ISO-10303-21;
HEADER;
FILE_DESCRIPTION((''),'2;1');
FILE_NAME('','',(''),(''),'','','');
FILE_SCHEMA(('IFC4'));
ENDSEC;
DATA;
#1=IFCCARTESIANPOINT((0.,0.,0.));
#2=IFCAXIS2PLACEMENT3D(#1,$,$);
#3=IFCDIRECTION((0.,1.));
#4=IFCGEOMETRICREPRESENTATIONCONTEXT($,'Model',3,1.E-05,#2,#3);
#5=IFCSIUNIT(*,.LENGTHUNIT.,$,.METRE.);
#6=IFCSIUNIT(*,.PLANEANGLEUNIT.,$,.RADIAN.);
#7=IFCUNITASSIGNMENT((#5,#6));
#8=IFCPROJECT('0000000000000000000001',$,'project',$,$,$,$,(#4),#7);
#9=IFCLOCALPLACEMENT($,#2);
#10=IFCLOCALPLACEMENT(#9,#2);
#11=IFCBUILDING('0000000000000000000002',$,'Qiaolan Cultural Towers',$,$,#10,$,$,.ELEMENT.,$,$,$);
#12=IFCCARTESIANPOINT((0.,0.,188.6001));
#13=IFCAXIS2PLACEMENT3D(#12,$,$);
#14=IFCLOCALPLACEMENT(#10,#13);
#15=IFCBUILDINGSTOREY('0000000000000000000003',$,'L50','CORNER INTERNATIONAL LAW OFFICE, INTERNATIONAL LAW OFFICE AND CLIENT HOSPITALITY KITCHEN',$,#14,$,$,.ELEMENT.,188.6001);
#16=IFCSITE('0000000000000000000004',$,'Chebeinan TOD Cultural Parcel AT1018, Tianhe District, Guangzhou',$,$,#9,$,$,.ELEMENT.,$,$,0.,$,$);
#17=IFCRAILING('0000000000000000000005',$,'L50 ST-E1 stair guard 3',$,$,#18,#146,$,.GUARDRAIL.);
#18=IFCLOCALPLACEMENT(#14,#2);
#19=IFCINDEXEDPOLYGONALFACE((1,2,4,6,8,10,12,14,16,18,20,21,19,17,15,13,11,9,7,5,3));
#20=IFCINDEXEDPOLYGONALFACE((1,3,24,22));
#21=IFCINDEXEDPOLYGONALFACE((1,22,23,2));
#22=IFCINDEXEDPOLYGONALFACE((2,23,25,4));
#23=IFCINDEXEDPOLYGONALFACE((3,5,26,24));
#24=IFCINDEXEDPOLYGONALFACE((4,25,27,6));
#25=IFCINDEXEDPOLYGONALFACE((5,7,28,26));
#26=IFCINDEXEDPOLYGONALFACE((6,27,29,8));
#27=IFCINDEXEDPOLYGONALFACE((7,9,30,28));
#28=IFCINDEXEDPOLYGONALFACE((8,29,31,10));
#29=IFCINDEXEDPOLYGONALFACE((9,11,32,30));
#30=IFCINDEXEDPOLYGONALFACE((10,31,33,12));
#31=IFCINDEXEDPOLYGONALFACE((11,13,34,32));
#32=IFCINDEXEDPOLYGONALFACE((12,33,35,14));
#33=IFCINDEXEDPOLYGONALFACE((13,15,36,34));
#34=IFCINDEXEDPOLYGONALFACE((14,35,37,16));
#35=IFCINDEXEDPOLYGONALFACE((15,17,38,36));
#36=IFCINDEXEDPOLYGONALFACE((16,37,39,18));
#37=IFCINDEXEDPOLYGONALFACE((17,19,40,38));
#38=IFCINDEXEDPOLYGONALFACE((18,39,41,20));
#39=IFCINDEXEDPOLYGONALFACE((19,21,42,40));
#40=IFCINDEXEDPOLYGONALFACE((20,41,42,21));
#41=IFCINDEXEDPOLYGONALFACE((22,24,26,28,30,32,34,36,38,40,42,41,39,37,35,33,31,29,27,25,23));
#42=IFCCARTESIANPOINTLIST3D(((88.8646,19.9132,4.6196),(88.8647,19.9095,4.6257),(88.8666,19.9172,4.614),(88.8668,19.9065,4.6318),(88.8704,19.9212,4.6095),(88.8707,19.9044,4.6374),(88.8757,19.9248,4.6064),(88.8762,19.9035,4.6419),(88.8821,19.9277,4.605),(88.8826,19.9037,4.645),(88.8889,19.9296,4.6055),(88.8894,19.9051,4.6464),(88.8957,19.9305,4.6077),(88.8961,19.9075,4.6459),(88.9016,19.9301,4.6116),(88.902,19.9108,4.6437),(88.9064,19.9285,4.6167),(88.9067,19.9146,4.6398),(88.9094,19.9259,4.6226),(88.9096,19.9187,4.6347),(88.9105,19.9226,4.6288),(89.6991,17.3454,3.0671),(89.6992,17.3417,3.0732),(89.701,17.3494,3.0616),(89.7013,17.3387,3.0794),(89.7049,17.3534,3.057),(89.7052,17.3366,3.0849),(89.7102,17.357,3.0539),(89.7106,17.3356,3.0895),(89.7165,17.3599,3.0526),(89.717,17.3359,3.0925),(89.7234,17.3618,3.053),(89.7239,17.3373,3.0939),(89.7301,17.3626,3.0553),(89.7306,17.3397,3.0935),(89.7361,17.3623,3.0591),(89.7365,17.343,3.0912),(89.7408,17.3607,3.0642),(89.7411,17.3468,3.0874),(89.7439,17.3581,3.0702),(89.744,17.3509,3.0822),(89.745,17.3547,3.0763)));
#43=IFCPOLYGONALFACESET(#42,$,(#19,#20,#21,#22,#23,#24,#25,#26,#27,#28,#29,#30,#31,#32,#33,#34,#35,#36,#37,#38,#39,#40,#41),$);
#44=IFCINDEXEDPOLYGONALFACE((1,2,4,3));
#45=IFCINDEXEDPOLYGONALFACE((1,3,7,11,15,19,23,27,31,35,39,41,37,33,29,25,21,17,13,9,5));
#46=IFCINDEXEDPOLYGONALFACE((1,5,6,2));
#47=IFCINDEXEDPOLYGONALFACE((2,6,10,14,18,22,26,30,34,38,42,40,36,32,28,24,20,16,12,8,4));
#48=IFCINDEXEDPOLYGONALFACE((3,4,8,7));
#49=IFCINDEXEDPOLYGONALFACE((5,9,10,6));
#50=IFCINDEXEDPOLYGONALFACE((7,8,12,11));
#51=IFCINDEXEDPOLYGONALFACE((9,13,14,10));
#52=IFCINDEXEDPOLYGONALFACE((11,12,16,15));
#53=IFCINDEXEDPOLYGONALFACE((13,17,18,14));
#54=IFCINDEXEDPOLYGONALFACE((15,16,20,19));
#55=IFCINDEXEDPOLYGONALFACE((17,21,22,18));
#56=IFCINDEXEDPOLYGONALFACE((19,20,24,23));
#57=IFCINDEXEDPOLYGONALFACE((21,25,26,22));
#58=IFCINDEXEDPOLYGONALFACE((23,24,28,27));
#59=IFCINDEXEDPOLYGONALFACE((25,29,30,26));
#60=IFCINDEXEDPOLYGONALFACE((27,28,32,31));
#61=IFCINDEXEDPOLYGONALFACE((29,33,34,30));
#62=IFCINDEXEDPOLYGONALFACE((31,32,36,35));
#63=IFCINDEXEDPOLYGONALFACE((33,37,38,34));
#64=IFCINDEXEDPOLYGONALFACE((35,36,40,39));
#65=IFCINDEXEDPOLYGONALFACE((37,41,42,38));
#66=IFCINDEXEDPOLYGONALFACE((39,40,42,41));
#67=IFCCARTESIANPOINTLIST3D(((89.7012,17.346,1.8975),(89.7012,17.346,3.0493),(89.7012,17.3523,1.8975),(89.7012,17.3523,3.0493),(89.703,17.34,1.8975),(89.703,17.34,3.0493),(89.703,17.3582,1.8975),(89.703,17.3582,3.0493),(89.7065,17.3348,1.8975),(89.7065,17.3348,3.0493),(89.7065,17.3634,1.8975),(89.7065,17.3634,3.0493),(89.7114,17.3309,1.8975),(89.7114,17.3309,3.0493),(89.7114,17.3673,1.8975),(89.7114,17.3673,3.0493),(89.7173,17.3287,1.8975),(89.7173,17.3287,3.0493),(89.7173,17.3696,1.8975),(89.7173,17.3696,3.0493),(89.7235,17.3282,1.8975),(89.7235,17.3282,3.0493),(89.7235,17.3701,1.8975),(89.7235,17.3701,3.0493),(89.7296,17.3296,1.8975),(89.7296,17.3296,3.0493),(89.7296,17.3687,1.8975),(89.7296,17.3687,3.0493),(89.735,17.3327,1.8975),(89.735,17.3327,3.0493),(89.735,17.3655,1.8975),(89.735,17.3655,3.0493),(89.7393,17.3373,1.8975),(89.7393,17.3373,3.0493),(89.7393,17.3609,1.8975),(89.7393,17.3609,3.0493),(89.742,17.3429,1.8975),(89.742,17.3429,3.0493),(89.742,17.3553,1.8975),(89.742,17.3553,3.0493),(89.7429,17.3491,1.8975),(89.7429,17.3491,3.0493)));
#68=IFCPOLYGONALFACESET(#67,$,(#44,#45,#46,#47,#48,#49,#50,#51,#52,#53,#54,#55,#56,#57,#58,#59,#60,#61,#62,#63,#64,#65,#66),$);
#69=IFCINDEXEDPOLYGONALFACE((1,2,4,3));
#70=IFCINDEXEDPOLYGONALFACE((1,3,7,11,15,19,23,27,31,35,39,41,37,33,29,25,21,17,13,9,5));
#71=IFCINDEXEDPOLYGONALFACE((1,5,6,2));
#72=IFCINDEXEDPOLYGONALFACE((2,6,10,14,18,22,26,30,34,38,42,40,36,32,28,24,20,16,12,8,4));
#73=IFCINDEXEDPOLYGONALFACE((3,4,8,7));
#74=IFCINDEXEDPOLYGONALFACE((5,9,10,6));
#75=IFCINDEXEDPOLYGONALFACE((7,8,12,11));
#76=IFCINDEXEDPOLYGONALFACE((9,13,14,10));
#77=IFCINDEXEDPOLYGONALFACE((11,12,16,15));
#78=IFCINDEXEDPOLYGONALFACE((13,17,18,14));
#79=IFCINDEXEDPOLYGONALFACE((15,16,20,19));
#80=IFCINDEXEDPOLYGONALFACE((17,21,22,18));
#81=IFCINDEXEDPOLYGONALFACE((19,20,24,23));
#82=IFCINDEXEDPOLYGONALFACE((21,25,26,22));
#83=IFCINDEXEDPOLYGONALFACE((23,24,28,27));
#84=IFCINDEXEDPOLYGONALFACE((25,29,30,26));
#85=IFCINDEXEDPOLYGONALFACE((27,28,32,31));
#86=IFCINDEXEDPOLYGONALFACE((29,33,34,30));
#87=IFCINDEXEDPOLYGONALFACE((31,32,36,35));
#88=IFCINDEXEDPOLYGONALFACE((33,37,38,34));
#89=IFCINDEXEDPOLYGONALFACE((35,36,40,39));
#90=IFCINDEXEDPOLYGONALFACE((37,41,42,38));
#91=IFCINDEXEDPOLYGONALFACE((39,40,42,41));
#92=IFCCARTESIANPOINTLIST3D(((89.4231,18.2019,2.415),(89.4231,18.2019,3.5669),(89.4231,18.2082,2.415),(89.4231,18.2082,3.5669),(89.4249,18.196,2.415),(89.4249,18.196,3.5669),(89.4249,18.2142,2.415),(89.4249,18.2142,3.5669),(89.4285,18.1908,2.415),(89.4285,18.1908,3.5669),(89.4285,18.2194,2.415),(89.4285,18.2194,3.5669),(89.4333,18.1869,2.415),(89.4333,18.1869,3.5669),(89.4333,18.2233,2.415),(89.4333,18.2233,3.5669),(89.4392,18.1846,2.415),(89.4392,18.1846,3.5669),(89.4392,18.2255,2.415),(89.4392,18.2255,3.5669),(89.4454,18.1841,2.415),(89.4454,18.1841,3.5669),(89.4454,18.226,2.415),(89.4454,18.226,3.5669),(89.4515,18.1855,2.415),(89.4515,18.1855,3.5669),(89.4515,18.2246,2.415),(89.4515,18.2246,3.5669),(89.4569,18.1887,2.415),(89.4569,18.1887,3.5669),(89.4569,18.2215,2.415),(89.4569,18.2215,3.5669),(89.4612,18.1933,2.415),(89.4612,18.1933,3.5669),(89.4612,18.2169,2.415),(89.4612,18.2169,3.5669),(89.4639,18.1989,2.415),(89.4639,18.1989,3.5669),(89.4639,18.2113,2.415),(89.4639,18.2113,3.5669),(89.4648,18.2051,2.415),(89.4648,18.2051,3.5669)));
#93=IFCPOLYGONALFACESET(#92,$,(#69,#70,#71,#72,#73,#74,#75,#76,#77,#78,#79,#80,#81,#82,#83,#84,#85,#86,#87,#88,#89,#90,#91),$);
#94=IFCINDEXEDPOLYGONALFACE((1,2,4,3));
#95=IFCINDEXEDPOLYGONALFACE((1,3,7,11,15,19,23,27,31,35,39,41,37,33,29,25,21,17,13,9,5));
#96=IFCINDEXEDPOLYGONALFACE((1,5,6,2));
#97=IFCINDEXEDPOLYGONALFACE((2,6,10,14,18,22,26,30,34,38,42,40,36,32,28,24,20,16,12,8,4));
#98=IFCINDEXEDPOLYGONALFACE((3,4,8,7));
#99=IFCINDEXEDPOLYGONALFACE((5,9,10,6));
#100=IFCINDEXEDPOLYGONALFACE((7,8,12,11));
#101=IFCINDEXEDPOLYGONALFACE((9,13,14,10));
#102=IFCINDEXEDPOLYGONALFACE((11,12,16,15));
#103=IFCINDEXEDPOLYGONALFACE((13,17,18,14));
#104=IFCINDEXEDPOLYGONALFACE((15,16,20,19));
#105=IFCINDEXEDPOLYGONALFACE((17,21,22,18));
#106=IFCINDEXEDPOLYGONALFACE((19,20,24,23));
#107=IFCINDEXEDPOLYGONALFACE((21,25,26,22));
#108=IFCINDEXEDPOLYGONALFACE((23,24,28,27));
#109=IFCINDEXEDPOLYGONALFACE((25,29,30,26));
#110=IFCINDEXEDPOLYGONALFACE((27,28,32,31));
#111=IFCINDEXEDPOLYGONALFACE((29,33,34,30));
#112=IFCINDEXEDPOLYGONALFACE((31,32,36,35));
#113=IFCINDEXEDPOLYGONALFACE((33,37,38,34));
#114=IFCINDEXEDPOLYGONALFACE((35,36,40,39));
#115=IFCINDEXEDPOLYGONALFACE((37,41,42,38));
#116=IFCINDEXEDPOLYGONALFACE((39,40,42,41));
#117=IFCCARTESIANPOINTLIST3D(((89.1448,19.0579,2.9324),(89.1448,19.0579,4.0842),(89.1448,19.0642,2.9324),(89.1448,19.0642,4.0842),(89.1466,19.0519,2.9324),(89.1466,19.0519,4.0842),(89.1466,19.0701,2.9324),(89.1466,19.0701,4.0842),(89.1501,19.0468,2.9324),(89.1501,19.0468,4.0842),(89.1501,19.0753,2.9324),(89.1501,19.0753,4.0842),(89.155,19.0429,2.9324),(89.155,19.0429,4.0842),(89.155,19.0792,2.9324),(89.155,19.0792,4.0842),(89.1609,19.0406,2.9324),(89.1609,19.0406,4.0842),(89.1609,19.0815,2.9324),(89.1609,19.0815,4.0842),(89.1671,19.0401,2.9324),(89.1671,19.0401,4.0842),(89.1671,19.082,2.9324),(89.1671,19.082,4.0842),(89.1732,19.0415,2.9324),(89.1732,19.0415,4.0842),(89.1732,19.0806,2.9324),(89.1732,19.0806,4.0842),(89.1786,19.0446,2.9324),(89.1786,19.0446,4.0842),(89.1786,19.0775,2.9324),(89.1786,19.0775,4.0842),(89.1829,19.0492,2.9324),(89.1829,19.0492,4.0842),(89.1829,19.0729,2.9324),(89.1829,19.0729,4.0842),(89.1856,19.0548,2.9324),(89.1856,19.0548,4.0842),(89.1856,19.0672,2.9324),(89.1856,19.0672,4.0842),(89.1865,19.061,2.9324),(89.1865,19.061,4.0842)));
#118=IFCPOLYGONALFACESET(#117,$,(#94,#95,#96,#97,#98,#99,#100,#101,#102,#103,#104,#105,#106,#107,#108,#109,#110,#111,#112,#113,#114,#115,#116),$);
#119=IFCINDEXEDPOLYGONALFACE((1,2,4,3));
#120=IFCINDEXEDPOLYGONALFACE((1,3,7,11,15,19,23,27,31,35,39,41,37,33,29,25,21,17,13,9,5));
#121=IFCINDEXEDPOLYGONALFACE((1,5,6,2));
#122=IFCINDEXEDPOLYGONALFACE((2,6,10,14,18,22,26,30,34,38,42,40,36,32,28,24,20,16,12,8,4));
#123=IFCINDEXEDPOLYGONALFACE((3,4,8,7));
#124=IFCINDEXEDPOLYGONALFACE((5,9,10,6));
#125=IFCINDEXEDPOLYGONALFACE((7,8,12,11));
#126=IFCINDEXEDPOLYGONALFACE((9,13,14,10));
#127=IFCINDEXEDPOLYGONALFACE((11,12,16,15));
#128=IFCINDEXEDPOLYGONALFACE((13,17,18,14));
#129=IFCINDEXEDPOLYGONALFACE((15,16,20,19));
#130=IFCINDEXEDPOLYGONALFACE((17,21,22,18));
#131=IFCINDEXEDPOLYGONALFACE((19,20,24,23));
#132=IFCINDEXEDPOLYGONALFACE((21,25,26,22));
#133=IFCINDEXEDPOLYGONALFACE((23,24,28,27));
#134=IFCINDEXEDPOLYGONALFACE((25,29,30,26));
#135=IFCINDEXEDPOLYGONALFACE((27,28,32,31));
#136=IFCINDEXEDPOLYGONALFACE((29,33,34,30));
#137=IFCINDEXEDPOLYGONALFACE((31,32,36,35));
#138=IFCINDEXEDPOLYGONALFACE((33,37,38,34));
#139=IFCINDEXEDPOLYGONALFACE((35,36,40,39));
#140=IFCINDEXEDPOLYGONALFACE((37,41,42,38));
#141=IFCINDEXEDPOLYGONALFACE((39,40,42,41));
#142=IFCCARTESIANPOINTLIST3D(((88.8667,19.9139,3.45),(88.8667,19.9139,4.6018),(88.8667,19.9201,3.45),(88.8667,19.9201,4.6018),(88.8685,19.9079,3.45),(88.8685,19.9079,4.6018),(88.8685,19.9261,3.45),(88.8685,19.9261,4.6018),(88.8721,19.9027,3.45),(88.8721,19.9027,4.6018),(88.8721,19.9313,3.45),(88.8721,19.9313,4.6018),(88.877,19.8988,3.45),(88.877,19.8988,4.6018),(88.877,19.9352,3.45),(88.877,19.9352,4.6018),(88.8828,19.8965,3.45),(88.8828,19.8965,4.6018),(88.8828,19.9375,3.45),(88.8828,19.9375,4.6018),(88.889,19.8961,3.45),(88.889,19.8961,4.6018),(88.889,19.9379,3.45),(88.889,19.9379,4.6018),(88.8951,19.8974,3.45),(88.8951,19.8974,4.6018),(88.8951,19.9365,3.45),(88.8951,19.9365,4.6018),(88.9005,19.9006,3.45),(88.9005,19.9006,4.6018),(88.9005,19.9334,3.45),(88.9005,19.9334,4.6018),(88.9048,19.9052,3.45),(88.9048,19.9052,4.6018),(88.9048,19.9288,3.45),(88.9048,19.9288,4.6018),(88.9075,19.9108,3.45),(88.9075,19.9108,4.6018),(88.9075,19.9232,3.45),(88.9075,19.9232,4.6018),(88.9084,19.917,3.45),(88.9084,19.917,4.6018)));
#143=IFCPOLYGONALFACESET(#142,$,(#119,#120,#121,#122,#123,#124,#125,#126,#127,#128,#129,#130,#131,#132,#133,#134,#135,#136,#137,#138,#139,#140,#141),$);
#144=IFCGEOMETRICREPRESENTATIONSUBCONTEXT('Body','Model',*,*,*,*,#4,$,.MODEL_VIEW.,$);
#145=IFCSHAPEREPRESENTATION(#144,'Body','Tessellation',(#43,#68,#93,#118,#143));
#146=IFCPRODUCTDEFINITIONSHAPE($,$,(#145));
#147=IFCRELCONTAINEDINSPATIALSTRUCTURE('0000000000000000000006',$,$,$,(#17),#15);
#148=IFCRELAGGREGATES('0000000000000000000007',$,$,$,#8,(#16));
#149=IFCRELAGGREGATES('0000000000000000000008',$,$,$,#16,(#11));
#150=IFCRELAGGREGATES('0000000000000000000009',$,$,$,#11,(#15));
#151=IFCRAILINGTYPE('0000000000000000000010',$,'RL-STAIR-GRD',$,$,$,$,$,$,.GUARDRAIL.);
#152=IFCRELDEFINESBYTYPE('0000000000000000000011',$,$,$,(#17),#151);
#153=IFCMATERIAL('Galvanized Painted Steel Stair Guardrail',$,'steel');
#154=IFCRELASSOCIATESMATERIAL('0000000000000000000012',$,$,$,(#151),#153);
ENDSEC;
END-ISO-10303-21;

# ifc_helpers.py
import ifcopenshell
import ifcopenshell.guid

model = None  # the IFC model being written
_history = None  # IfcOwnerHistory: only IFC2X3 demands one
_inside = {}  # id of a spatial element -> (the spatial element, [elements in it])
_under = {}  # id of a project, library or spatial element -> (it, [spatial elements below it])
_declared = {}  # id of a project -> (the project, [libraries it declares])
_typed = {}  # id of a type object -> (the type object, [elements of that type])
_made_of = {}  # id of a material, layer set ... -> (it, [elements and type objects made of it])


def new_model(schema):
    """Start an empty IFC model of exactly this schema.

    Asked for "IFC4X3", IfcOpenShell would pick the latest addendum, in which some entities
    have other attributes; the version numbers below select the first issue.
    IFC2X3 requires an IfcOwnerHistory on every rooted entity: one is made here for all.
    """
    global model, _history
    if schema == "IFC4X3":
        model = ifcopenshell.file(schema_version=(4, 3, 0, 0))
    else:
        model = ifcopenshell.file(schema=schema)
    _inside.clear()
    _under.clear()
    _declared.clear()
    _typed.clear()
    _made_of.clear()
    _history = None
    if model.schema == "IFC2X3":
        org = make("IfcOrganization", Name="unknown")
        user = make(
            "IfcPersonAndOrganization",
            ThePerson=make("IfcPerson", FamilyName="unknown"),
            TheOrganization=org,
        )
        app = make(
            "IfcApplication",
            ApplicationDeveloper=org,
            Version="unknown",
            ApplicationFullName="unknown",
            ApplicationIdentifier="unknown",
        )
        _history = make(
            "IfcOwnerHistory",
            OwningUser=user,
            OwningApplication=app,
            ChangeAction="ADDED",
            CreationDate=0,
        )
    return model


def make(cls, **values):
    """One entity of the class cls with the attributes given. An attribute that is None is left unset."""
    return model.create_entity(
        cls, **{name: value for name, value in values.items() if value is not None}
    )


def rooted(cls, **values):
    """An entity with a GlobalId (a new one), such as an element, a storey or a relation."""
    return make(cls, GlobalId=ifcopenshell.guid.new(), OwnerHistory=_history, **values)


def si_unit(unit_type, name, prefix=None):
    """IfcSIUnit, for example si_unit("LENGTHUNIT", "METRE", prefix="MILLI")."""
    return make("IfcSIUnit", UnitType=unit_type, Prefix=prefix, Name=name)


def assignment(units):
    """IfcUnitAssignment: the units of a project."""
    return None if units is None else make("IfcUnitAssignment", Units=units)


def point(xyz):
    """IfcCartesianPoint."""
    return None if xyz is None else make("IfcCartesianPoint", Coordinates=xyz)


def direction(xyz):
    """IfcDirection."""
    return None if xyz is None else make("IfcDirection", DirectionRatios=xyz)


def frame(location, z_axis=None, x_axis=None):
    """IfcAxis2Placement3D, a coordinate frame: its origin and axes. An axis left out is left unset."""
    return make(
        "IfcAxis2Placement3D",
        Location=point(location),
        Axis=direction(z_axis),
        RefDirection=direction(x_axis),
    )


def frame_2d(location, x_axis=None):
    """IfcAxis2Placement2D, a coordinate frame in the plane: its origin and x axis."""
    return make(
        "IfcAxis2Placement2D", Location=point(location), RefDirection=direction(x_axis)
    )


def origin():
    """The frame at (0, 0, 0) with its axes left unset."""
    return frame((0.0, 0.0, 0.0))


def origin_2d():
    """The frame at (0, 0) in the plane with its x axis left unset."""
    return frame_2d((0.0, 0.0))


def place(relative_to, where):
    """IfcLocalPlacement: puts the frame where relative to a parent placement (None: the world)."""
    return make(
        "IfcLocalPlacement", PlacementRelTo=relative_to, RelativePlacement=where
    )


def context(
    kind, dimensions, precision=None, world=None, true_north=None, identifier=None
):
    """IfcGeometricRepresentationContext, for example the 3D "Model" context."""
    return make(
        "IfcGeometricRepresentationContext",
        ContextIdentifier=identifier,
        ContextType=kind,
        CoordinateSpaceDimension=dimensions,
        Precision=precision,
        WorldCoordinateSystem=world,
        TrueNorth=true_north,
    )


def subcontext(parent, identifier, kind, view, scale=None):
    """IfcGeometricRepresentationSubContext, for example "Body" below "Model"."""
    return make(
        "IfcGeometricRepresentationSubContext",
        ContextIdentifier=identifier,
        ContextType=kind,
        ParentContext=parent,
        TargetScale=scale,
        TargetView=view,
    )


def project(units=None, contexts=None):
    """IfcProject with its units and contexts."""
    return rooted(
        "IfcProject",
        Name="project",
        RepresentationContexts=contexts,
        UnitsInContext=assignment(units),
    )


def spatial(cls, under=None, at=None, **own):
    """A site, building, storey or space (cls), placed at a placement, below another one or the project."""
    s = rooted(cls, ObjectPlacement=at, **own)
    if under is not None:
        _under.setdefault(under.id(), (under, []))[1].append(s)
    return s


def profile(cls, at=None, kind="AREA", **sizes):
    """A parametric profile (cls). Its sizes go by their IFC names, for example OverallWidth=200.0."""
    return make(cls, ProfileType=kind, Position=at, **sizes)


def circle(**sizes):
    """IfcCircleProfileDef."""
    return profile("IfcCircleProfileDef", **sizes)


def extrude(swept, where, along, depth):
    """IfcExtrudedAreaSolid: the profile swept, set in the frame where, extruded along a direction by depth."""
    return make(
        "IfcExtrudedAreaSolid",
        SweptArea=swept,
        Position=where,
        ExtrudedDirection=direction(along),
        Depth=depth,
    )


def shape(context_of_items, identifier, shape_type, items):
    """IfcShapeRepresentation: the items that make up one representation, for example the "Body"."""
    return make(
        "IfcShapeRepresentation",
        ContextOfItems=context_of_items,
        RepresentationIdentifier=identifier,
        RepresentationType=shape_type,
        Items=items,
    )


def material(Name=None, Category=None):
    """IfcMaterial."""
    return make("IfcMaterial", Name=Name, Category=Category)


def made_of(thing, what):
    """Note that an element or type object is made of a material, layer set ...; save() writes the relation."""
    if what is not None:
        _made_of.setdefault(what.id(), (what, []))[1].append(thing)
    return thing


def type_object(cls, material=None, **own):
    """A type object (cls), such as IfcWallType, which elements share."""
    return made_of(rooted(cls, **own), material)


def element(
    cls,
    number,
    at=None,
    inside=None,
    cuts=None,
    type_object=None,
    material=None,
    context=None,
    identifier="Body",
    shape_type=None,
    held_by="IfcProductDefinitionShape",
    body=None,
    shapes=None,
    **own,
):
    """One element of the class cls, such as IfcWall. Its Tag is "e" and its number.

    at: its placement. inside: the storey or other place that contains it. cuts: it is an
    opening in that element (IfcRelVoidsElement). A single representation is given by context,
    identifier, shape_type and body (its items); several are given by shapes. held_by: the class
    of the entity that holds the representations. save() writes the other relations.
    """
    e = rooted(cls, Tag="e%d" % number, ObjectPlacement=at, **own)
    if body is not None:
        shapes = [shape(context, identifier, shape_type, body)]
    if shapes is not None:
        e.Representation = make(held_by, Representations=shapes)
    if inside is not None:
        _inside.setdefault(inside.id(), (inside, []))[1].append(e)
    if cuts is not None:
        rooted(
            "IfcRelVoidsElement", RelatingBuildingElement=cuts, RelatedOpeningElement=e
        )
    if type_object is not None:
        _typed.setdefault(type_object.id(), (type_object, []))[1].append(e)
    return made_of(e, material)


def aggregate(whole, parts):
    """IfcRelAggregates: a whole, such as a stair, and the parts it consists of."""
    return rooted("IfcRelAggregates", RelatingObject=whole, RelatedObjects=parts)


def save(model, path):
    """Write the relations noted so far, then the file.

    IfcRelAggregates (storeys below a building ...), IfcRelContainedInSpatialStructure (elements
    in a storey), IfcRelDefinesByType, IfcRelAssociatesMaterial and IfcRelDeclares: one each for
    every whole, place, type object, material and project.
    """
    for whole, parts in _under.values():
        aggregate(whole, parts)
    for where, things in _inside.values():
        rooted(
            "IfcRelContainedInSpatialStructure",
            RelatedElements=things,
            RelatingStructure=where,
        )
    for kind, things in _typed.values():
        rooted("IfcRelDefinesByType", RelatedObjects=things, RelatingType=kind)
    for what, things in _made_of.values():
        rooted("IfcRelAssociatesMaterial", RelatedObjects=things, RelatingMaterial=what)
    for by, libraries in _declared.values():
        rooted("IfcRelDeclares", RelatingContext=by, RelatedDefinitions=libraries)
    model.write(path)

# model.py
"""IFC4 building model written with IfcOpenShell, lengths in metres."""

from ifc_helpers import new_model, si_unit, direction, frame, origin, origin_2d, place, context, subcontext, project, spatial, circle, extrude, material, type_object, element, save


model = new_model("IFC4")

# Units and contexts
model_context = context("Model", 3, precision=1e-05, world=origin(), true_north=direction((0.0, 1.0)))
body_context = subcontext(model_context, "Body", "Model", "MODEL_VIEW")
ifc_project = project(units=[si_unit("LENGTHUNIT", "METRE"), si_unit("PLANEANGLEUNIT", "RADIAN")], contexts=[model_context])

# Site, building, storey
site_placement = place(None, origin())
site = spatial("IfcSite", under=ifc_project, at=site_placement, Name="Chebeinan TOD Cultural Parcel AT1018, Tianhe District, Guangzhou", CompositionType="ELEMENT", RefElevation=0.0)
building_placement = place(site_placement, origin())
building = spatial("IfcBuilding", under=site, at=building_placement, Name="Qiaolan Cultural Towers", CompositionType="ELEMENT")
storey_placement = place(building_placement, frame((0.0, 0.0, 188.6001)))
storey = spatial("IfcBuildingStorey", under=building, at=storey_placement, Name="L50", Description="CORNER INTERNATIONAL LAW OFFICE, INTERNATIONAL LAW OFFICE AND CLIENT HOSPITALITY KITCHEN", CompositionType="ELEMENT", Elevation=188.6001)

# Railing
ifc_material_1 = material(Name="Galvanized Painted Steel Stair Guardrail", Category="steel")
railing_type_1 = type_object("IfcRailingType", Name="RL-STAIR-GRD", PredefinedType="GUARDRAIL", material=ifc_material_1)
railing_1_placement = place(storey_placement, frame((89.7219, 17.3491, 1.8975)))
element("IfcRailing", 1, at=railing_1_placement, inside=storey, type_object=railing_type_1, Name="L50 ST-E1 stair guard 3", PredefinedType="GUARDRAIL", context=body_context, shape_type="SweptSolid", body=[
    extrude(circle(Radius=0.0239, at=origin_2d()), frame((0.0, 0.0, 1.1758), z_axis=(-0.267926, 0.824471, 0.498461), x_axis=(-0.951043, -0.309057, 0.0)), (0.0, 0.0, 1.0), 3.1145),
    extrude(circle(Radius=0.021, at=origin_2d()), origin(), (0.0, 0.0, 1.0), 1.1519),
    extrude(circle(Radius=0.021, at=origin_2d()), frame((-0.2781, 0.856, 0.5176)), (0.0, 0.0, 1.0), 1.1519),
    extrude(circle(Radius=0.021, at=origin_2d()), frame((-0.5564, 1.7119, 1.0349)), (0.0, 0.0, 1.0), 1.1519),
    extrude(circle(Radius=0.021, at=origin_2d()), frame((-0.8345, 2.5679, 1.5525)), (0.0, 0.0, 1.0), 1.1519),
])

save(model, "model.ifc")
